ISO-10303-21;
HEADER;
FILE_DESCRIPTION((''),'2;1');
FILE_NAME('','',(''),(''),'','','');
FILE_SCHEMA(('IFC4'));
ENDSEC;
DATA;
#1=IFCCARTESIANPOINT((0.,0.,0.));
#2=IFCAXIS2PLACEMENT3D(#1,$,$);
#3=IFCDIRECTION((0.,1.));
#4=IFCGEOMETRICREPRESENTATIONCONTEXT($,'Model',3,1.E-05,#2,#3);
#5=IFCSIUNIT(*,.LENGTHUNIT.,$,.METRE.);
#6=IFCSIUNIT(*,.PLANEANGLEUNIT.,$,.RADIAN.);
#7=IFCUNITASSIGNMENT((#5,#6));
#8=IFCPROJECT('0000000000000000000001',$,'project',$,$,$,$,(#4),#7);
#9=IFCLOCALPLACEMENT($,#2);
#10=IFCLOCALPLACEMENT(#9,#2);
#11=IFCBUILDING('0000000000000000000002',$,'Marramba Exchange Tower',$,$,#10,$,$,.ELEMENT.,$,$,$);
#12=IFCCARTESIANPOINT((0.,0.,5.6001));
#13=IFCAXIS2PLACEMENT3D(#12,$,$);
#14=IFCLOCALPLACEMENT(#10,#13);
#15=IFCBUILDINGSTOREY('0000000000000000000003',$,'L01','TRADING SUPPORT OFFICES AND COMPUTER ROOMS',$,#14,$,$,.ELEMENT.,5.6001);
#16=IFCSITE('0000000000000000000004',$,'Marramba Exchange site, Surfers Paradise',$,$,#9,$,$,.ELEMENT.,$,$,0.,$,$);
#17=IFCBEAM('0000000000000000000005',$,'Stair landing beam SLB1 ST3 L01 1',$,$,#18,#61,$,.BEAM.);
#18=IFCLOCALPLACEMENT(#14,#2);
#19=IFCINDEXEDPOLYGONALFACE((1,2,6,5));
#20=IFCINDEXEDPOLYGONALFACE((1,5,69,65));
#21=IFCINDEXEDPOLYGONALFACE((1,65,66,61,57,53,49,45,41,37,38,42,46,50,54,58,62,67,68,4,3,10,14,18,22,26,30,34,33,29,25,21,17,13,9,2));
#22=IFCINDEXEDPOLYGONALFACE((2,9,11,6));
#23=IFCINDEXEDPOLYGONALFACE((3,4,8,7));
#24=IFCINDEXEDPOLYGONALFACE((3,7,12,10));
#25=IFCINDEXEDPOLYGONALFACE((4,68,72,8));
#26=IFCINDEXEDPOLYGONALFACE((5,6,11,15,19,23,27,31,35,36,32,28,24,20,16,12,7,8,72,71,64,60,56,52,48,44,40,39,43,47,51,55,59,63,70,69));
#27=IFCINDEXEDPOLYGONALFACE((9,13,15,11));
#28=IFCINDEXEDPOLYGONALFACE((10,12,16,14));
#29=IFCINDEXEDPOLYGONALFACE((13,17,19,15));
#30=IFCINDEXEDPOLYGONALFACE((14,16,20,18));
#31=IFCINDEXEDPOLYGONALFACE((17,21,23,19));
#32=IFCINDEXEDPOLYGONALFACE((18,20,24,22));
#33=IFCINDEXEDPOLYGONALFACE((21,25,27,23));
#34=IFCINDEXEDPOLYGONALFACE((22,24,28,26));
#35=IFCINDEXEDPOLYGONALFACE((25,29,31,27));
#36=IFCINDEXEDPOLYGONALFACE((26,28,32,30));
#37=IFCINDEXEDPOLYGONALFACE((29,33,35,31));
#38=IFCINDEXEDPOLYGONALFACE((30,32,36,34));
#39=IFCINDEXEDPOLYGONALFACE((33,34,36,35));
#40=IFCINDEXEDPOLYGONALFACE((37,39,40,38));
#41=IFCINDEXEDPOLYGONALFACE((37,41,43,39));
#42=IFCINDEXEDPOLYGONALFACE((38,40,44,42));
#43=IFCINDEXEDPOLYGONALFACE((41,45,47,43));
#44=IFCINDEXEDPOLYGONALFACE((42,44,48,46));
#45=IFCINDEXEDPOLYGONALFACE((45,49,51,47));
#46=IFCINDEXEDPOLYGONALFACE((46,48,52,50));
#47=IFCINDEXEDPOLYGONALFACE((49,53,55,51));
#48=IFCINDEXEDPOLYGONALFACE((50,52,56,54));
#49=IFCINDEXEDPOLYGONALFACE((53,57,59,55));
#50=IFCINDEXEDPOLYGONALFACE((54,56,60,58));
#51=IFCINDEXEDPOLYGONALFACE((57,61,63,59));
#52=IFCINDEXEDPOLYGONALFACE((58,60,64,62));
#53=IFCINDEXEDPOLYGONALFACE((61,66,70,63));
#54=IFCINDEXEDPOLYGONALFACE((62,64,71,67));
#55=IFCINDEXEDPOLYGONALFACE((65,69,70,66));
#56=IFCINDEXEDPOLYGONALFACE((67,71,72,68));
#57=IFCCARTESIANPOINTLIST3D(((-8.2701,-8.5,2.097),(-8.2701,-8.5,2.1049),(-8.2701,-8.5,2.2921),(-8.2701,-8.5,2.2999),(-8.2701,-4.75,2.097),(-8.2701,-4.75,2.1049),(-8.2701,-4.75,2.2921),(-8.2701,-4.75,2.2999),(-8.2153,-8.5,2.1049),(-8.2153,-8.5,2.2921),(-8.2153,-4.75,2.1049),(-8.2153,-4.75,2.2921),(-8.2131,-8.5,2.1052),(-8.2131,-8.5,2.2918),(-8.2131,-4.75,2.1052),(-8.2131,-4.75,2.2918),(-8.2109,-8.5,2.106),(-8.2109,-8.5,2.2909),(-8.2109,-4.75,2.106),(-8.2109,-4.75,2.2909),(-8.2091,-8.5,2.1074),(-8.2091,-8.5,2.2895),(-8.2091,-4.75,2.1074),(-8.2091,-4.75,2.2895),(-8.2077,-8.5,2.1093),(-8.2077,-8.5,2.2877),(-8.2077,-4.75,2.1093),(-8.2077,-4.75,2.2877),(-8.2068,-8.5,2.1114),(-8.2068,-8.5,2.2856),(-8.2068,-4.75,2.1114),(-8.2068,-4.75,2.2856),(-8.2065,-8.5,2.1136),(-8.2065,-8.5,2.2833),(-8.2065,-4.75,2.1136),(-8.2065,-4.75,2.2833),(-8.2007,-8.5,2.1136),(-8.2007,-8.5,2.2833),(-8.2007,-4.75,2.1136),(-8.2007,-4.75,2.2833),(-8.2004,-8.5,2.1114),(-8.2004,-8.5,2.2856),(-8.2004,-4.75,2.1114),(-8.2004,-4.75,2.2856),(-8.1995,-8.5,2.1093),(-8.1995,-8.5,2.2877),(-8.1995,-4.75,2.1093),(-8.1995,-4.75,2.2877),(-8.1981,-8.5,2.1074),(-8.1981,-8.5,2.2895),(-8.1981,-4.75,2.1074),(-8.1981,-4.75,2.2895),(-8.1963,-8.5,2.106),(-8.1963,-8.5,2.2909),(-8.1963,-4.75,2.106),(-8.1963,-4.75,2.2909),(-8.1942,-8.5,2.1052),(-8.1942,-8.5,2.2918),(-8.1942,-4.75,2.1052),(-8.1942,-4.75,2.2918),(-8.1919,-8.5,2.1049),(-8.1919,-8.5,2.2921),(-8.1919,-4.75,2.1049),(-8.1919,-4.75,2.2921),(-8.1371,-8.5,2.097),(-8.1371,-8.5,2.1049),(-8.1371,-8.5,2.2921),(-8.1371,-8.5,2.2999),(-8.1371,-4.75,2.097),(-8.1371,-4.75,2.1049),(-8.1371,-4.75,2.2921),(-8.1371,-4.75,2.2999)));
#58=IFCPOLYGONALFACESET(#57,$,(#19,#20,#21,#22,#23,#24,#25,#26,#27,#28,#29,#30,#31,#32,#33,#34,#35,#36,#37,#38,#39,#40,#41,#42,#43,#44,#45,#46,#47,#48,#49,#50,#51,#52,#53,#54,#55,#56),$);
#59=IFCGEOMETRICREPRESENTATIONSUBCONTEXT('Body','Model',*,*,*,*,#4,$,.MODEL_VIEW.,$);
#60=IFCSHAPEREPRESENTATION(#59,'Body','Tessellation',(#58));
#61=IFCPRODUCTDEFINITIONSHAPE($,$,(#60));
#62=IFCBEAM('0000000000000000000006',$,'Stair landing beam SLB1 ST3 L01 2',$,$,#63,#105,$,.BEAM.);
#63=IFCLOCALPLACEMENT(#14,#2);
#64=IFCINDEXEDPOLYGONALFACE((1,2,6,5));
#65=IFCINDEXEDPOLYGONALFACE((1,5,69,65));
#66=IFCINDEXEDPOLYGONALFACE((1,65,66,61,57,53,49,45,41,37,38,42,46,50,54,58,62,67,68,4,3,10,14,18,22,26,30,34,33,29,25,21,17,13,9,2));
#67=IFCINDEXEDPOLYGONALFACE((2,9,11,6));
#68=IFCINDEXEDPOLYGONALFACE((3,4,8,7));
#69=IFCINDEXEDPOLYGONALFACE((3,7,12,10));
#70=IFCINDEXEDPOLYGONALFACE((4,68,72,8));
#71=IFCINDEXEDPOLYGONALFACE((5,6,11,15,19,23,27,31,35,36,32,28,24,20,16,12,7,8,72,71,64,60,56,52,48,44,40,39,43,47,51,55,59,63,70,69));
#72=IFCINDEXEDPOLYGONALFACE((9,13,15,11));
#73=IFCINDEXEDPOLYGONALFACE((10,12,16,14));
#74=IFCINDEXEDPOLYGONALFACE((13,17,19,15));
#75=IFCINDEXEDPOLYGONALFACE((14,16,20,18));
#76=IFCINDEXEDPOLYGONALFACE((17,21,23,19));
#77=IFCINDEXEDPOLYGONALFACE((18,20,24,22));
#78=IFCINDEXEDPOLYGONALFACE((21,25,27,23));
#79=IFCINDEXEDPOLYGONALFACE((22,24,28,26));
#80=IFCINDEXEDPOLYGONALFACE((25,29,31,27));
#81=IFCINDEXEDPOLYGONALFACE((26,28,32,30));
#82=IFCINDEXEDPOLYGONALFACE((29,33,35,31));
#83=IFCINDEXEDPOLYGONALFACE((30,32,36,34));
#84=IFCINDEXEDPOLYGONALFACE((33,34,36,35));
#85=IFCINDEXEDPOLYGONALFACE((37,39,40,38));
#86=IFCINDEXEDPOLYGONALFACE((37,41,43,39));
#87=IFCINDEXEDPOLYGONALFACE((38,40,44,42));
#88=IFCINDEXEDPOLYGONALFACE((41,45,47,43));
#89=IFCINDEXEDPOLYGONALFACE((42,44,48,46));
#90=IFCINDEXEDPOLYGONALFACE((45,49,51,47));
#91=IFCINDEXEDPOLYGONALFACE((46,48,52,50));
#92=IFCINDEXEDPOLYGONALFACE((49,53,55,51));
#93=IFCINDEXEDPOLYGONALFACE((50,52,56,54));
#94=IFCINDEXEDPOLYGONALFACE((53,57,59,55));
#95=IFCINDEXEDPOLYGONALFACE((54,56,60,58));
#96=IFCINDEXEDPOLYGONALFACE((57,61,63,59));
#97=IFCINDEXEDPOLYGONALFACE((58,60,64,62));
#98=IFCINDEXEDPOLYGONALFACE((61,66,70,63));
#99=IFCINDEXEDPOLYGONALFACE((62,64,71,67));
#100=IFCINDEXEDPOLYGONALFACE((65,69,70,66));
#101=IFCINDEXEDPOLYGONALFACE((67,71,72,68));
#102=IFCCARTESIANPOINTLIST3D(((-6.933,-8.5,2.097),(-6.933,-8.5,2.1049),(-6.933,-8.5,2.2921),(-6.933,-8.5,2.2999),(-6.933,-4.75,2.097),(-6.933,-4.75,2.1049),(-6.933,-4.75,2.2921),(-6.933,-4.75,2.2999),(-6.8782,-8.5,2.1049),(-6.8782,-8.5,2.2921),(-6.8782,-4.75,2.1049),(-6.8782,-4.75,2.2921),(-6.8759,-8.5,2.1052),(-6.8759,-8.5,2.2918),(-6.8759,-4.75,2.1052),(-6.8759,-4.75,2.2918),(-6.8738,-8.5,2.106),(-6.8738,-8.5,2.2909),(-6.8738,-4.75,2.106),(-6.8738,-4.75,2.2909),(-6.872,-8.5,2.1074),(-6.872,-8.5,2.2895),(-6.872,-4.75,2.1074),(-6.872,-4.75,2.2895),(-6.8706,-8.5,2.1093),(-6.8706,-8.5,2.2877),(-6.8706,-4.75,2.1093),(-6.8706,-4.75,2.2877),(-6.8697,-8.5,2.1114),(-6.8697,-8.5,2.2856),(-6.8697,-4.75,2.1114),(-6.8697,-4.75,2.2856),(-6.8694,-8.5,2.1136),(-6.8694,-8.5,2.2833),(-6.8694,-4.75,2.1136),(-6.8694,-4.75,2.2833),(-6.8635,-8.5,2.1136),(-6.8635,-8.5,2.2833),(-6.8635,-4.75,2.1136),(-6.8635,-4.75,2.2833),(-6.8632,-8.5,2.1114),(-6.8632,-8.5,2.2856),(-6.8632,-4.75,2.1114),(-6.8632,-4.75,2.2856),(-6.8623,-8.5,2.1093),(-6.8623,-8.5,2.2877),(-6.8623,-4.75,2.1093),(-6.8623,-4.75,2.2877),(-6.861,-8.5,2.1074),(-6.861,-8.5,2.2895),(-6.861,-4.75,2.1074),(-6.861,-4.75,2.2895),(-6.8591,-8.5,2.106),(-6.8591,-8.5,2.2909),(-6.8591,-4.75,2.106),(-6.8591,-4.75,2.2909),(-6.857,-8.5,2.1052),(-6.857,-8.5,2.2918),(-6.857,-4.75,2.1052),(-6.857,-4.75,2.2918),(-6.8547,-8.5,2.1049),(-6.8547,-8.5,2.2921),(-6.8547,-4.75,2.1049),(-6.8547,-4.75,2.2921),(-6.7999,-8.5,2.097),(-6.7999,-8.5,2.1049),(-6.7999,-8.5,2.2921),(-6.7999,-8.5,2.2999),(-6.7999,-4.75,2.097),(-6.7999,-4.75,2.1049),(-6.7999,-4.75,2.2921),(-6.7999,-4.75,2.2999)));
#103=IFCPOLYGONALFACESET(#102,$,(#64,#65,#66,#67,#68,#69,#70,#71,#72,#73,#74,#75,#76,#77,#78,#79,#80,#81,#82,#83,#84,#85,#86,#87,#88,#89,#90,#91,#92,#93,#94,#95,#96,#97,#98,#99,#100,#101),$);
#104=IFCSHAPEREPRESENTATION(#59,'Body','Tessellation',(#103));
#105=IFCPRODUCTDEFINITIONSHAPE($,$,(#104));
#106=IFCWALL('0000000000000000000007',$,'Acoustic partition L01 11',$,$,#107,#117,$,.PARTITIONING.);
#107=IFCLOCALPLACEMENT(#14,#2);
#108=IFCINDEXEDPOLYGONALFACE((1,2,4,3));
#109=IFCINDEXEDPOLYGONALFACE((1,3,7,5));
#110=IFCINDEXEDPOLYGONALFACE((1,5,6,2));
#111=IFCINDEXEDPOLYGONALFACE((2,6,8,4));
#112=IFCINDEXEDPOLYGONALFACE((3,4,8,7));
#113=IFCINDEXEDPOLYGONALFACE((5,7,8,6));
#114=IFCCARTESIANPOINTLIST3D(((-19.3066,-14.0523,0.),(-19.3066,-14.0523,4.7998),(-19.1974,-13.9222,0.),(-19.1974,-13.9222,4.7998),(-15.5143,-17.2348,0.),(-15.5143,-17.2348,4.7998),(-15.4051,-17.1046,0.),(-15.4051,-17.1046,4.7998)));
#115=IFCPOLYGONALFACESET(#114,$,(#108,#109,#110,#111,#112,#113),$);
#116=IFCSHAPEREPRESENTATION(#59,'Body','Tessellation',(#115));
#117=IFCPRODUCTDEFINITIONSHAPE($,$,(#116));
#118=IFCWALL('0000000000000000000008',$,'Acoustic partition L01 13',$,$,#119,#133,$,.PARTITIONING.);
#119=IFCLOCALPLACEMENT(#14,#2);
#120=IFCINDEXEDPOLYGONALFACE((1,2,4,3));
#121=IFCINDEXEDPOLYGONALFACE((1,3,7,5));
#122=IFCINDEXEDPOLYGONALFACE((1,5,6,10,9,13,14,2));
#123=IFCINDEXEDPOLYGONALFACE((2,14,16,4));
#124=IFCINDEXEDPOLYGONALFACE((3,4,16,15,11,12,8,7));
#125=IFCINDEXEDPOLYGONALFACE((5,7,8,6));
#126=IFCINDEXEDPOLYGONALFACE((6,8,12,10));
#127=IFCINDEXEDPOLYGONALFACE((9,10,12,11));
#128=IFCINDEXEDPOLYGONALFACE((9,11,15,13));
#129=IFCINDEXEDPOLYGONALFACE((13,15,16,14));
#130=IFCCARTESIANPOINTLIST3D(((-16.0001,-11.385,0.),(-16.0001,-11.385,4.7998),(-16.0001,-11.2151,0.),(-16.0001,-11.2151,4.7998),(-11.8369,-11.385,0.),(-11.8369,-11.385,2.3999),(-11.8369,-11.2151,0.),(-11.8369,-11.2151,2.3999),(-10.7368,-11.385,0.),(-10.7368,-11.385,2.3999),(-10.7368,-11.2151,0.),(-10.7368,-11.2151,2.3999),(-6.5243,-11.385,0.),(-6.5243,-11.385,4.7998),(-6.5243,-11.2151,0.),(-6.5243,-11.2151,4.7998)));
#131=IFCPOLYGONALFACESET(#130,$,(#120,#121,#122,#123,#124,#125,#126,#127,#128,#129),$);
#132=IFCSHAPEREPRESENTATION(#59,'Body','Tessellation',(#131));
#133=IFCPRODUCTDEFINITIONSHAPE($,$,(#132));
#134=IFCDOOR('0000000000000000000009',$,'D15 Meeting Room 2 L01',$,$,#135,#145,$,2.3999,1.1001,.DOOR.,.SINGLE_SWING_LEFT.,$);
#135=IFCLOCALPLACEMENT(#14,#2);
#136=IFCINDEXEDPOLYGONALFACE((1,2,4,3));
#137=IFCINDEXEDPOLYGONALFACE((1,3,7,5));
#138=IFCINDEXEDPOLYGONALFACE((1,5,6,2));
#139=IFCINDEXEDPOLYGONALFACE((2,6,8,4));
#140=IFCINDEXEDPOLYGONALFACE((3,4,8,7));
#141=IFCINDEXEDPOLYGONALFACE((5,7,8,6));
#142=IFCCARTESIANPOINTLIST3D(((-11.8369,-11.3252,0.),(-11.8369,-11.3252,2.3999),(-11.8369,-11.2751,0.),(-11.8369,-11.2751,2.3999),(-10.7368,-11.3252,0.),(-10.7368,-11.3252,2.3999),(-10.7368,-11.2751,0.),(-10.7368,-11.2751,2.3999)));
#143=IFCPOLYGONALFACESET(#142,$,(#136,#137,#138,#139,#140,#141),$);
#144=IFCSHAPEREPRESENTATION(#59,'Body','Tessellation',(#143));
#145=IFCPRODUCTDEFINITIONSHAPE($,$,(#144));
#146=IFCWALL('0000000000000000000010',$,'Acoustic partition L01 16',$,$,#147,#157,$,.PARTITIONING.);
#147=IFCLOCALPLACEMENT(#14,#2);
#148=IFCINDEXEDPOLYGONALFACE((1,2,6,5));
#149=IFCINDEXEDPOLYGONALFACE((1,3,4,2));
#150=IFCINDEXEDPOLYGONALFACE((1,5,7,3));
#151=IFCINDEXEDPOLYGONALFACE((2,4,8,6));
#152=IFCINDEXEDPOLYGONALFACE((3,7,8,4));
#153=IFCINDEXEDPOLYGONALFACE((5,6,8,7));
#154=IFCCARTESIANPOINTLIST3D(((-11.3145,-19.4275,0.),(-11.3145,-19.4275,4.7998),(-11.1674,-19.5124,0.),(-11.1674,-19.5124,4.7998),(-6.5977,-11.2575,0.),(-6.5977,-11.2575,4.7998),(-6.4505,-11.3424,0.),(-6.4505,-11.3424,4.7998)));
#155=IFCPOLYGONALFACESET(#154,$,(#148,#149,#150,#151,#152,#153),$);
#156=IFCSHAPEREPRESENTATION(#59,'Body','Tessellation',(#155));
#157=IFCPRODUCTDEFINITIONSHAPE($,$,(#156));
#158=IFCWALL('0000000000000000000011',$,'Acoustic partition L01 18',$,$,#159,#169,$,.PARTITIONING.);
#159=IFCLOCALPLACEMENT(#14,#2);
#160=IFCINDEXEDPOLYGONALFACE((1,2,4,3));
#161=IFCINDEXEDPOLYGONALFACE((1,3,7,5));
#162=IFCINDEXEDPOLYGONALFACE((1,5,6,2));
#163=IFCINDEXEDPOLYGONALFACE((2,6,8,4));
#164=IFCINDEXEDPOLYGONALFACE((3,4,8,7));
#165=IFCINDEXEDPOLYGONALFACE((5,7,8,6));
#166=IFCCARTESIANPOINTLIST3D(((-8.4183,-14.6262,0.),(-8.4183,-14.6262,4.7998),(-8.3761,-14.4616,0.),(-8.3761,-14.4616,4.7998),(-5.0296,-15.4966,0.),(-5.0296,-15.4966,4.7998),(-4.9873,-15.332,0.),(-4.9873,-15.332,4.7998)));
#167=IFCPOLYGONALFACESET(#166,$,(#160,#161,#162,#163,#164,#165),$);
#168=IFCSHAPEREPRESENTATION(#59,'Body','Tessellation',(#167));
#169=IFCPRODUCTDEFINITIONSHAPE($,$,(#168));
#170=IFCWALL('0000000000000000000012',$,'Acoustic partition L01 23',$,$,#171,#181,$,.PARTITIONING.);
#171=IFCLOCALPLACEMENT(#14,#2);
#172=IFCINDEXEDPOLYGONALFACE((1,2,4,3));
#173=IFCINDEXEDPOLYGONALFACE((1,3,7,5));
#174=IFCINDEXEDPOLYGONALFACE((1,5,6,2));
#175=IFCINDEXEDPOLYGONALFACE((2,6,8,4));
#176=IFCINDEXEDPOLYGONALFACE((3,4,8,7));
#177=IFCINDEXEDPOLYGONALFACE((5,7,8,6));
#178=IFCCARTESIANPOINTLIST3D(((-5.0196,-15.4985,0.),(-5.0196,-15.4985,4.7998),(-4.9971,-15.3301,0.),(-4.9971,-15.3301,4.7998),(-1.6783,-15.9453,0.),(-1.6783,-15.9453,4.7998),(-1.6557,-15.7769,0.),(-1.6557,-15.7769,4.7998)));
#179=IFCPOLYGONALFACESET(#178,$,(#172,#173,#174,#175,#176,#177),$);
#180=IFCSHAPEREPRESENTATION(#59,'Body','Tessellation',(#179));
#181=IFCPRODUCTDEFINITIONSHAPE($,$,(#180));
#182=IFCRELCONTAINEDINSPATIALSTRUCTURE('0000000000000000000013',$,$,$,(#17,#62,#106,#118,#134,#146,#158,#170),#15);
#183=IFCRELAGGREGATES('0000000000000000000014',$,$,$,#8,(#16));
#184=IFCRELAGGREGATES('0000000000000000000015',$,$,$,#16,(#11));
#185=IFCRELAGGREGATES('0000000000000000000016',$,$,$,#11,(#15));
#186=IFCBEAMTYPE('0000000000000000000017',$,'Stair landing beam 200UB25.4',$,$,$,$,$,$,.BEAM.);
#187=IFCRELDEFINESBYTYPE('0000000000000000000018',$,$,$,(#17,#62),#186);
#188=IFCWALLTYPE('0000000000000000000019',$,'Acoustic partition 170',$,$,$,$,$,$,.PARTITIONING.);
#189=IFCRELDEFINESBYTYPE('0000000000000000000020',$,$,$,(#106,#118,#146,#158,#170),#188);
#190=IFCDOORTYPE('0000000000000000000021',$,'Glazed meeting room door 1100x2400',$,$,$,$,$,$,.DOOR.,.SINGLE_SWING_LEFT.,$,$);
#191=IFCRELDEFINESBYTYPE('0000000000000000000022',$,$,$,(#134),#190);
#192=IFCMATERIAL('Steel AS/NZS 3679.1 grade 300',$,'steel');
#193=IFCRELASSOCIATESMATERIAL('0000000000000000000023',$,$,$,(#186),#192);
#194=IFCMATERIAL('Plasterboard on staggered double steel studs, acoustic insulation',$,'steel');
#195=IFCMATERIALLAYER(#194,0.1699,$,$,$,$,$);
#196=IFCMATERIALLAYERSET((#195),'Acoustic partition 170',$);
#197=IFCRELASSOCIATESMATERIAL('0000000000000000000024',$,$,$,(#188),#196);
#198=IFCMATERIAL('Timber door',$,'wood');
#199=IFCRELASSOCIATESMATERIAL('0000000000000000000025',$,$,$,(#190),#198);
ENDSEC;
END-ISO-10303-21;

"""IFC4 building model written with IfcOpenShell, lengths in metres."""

from ifc_helpers import new_model, si_unit, direction, frame, frame_2d, origin, origin_2d, place, context, subcontext, project, spatial, rectangle, i_section, extrude, material, layer, layer_set, material_profile, profile_set, type_object, element, fill, save


model = new_model("IFC4")

# Units and contexts
model_context = context("Model", 3, precision=1e-05, world=origin(), true_north=direction((0.0, 1.0)))
body_context = subcontext(model_context, "Body", "Model", "MODEL_VIEW")
ifc_project = project(units=[si_unit("LENGTHUNIT", "METRE"), si_unit("PLANEANGLEUNIT", "RADIAN")], contexts=[model_context])

# Site, building, storey
site_placement = place(None, origin())
site = spatial("IfcSite", under=ifc_project, at=site_placement, Name="Marramba Exchange site, Surfers Paradise", CompositionType="ELEMENT", RefElevation=0.0)
building_placement = place(site_placement, origin())
building = spatial("IfcBuilding", under=site, at=building_placement, Name="Marramba Exchange Tower", CompositionType="ELEMENT")
storey_placement = place(building_placement, frame((0.0, 0.0, 5.6001)))
storey = spatial("IfcBuildingStorey", under=building, at=storey_placement, Name="L01", Description="TRADING SUPPORT OFFICES AND COMPUTER ROOMS", CompositionType="ELEMENT", Elevation=5.6001)

# Beams
ifc_material_1 = material(Name="Steel AS/NZS 3679.1 grade 300", Category="steel")
ifc_material_profile_1 = material_profile(ifc_material_1, i_section(OverallWidth=0.1331, OverallDepth=0.2029, WebThickness=0.0059, FlangeThickness=0.0078, FilletRadius=0.0088, at=origin_2d()), Name="200UB25.4")
ifc_profile_set_1 = profile_set([ifc_material_profile_1], Name="Steel AS/NZS 3679.1 grade 300")
beam_type_1 = type_object("IfcBeamType", Name="Stair landing beam 200UB25.4", PredefinedType="BEAM", material=ifc_profile_set_1)
for number, where, z_axis, x_axis, name in (
    (1, (-8.2036, -8.5, 2.1985), (0.0, 1.0, 0.0), (-1.0, 0.0, 0.0), "Stair landing beam SLB1 ST3 L01 1"),
    (2, (-6.8665, -8.5, 2.1985), (0.0, 1.0, 0.0), (-1.0, 0.0, 0.0), "Stair landing beam SLB1 ST3 L01 2"),
):
    element("IfcBeam", number, at=place(storey_placement, frame(where, z_axis=z_axis, x_axis=x_axis)), inside=storey, type_object=beam_type_1, Name=name, PredefinedType="BEAM", context=body_context, shape_type="SweptSolid", body=[
        extrude(i_section(OverallWidth=0.1331, OverallDepth=0.2029, WebThickness=0.0059, FlangeThickness=0.0078, FilletRadius=0.0088, at=origin_2d()), origin(), (0.0, 0.0, 1.0), 3.75),
    ])

# Wall
ifc_material_2 = material(Name="Plasterboard on staggered double steel studs, acoustic insulation", Category="steel")
ifc_layer_1 = layer(ifc_material_2, 0.1699)
ifc_layer_set_1 = layer_set([ifc_layer_1], Name="Acoustic partition 170")
wall_type_1 = type_object("IfcWallType", Name="Acoustic partition 170", PredefinedType="PARTITIONING", material=ifc_layer_set_1)
wall_1_placement = place(storey_placement, frame((-15.4597, -17.1697, 0.0), z_axis=(0.0, 0.0, 1.0), x_axis=(-0.766014, 0.642824, 0.0)))
element("IfcWall", 3, at=wall_1_placement, inside=storey, type_object=wall_type_1, Name="Acoustic partition L01 11", PredefinedType="PARTITIONING", context=body_context, shape_type="SweptSolid", body=[
    extrude(rectangle(XDim=4.9507, YDim=0.1699, at=frame_2d((2.4753, 0.0))), origin(), (0.0, 0.0, 1.0), 4.7998),
])

# Wall, opening, door
wall_2_placement = place(storey_placement, frame((-16.0, -11.3, 0.0), z_axis=(0.0, 0.0, 1.0), x_axis=(1.0, 0.0, 0.0)))
wall_2 = element("IfcWall", 4, at=wall_2_placement, inside=storey, type_object=wall_type_1, Name="Acoustic partition L01 13", PredefinedType="PARTITIONING", context=body_context, shape_type="SweptSolid", body=[
    extrude(rectangle(XDim=9.4758, YDim=0.1699, at=frame_2d((4.7378, 0.0))), origin(), (0.0, 0.0, 1.0), 4.7998),
])
opening_1_placement = place(wall_2_placement, frame((4.1631, 0.0, 0.0)))
opening_1 = element("IfcOpeningElement", 5, at=opening_1_placement, cuts=wall_2, PredefinedType="OPENING", context=body_context, shape_type="SweptSolid", body=[
    extrude(rectangle(XDim=1.1001, YDim=2.3999, at=frame_2d((0.55, 1.2))), frame((0.0, 0.095, 0.0), z_axis=(0.0, -1.0, 0.0), x_axis=(1.0, 0.0, 0.0)), (0.0, 0.0, 1.0), 0.1899),
])
ifc_material_3 = material(Name="Timber door", Category="wood")
door_type_1 = type_object("IfcDoorType", Name="Glazed meeting room door 1100x2400", OperationType="SINGLE_SWING_LEFT", PredefinedType="DOOR", material=ifc_material_3)
door_1_placement = place(opening_1_placement, origin())
door_1 = element("IfcDoor", 6, at=door_1_placement, inside=storey, type_object=door_type_1, Name="D15 Meeting Room 2 L01", OperationType="SINGLE_SWING_LEFT", OverallHeight=2.3999, OverallWidth=1.1001, PredefinedType="DOOR", context=body_context, shape_type="SweptSolid", body=[
    extrude(rectangle(XDim=1.1001, YDim=2.3999, at=frame_2d((0.55, 1.2))), frame((0.0, 0.0249, 0.0), z_axis=(0.0, -1.0, 0.0), x_axis=(1.0, 0.0, 0.0)), (0.0, 0.0, 1.0), 0.05),
])
fill(opening_1, door_1)

# Walls
wall_3_placement = place(storey_placement, frame((-6.5242, -11.3, 0.0), z_axis=(0.0, 0.0, 1.0), x_axis=(-0.499991, -0.86603, 0.0)))
element("IfcWall", 7, at=wall_3_placement, inside=storey, type_object=wall_type_1, Name="Acoustic partition L01 16", PredefinedType="PARTITIONING", context=body_context, shape_type="SweptSolid", body=[
    extrude(rectangle(XDim=9.4338, YDim=0.1699, at=frame_2d((4.7168, 0.0))), origin(), (0.0, 0.0, 1.0), 4.7998),
])
wall_4_placement = place(storey_placement, frame((-5.0083, -15.4143, 0.0), z_axis=(0.0, 0.0, 1.0), x_axis=(-0.968563, 0.24877, 0.0)))
element("IfcWall", 8, at=wall_4_placement, inside=storey, type_object=wall_type_1, Name="Acoustic partition L01 18", PredefinedType="PARTITIONING", context=body_context, shape_type="SweptSolid", body=[
    extrude(rectangle(XDim=3.4988, YDim=0.1699, at=frame_2d((1.7495, 0.0))), origin(), (0.0, 0.0, 1.0), 4.7998),
])
wall_5_placement = place(storey_placement, frame((-1.667, -15.8611, 0.0), z_axis=(0.0, 0.0, 1.0), x_axis=(-0.991178, 0.132534, 0.0)))
element("IfcWall", 9, at=wall_5_placement, inside=storey, type_object=wall_type_1, Name="Acoustic partition L01 23", PredefinedType="PARTITIONING", context=body_context, shape_type="SweptSolid", body=[
    extrude(rectangle(XDim=3.3711, YDim=0.1699, at=frame_2d((1.6855, 0.0))), origin(), (0.0, 0.0, 1.0), 4.7998),
])

save(model, "model.ifc")
